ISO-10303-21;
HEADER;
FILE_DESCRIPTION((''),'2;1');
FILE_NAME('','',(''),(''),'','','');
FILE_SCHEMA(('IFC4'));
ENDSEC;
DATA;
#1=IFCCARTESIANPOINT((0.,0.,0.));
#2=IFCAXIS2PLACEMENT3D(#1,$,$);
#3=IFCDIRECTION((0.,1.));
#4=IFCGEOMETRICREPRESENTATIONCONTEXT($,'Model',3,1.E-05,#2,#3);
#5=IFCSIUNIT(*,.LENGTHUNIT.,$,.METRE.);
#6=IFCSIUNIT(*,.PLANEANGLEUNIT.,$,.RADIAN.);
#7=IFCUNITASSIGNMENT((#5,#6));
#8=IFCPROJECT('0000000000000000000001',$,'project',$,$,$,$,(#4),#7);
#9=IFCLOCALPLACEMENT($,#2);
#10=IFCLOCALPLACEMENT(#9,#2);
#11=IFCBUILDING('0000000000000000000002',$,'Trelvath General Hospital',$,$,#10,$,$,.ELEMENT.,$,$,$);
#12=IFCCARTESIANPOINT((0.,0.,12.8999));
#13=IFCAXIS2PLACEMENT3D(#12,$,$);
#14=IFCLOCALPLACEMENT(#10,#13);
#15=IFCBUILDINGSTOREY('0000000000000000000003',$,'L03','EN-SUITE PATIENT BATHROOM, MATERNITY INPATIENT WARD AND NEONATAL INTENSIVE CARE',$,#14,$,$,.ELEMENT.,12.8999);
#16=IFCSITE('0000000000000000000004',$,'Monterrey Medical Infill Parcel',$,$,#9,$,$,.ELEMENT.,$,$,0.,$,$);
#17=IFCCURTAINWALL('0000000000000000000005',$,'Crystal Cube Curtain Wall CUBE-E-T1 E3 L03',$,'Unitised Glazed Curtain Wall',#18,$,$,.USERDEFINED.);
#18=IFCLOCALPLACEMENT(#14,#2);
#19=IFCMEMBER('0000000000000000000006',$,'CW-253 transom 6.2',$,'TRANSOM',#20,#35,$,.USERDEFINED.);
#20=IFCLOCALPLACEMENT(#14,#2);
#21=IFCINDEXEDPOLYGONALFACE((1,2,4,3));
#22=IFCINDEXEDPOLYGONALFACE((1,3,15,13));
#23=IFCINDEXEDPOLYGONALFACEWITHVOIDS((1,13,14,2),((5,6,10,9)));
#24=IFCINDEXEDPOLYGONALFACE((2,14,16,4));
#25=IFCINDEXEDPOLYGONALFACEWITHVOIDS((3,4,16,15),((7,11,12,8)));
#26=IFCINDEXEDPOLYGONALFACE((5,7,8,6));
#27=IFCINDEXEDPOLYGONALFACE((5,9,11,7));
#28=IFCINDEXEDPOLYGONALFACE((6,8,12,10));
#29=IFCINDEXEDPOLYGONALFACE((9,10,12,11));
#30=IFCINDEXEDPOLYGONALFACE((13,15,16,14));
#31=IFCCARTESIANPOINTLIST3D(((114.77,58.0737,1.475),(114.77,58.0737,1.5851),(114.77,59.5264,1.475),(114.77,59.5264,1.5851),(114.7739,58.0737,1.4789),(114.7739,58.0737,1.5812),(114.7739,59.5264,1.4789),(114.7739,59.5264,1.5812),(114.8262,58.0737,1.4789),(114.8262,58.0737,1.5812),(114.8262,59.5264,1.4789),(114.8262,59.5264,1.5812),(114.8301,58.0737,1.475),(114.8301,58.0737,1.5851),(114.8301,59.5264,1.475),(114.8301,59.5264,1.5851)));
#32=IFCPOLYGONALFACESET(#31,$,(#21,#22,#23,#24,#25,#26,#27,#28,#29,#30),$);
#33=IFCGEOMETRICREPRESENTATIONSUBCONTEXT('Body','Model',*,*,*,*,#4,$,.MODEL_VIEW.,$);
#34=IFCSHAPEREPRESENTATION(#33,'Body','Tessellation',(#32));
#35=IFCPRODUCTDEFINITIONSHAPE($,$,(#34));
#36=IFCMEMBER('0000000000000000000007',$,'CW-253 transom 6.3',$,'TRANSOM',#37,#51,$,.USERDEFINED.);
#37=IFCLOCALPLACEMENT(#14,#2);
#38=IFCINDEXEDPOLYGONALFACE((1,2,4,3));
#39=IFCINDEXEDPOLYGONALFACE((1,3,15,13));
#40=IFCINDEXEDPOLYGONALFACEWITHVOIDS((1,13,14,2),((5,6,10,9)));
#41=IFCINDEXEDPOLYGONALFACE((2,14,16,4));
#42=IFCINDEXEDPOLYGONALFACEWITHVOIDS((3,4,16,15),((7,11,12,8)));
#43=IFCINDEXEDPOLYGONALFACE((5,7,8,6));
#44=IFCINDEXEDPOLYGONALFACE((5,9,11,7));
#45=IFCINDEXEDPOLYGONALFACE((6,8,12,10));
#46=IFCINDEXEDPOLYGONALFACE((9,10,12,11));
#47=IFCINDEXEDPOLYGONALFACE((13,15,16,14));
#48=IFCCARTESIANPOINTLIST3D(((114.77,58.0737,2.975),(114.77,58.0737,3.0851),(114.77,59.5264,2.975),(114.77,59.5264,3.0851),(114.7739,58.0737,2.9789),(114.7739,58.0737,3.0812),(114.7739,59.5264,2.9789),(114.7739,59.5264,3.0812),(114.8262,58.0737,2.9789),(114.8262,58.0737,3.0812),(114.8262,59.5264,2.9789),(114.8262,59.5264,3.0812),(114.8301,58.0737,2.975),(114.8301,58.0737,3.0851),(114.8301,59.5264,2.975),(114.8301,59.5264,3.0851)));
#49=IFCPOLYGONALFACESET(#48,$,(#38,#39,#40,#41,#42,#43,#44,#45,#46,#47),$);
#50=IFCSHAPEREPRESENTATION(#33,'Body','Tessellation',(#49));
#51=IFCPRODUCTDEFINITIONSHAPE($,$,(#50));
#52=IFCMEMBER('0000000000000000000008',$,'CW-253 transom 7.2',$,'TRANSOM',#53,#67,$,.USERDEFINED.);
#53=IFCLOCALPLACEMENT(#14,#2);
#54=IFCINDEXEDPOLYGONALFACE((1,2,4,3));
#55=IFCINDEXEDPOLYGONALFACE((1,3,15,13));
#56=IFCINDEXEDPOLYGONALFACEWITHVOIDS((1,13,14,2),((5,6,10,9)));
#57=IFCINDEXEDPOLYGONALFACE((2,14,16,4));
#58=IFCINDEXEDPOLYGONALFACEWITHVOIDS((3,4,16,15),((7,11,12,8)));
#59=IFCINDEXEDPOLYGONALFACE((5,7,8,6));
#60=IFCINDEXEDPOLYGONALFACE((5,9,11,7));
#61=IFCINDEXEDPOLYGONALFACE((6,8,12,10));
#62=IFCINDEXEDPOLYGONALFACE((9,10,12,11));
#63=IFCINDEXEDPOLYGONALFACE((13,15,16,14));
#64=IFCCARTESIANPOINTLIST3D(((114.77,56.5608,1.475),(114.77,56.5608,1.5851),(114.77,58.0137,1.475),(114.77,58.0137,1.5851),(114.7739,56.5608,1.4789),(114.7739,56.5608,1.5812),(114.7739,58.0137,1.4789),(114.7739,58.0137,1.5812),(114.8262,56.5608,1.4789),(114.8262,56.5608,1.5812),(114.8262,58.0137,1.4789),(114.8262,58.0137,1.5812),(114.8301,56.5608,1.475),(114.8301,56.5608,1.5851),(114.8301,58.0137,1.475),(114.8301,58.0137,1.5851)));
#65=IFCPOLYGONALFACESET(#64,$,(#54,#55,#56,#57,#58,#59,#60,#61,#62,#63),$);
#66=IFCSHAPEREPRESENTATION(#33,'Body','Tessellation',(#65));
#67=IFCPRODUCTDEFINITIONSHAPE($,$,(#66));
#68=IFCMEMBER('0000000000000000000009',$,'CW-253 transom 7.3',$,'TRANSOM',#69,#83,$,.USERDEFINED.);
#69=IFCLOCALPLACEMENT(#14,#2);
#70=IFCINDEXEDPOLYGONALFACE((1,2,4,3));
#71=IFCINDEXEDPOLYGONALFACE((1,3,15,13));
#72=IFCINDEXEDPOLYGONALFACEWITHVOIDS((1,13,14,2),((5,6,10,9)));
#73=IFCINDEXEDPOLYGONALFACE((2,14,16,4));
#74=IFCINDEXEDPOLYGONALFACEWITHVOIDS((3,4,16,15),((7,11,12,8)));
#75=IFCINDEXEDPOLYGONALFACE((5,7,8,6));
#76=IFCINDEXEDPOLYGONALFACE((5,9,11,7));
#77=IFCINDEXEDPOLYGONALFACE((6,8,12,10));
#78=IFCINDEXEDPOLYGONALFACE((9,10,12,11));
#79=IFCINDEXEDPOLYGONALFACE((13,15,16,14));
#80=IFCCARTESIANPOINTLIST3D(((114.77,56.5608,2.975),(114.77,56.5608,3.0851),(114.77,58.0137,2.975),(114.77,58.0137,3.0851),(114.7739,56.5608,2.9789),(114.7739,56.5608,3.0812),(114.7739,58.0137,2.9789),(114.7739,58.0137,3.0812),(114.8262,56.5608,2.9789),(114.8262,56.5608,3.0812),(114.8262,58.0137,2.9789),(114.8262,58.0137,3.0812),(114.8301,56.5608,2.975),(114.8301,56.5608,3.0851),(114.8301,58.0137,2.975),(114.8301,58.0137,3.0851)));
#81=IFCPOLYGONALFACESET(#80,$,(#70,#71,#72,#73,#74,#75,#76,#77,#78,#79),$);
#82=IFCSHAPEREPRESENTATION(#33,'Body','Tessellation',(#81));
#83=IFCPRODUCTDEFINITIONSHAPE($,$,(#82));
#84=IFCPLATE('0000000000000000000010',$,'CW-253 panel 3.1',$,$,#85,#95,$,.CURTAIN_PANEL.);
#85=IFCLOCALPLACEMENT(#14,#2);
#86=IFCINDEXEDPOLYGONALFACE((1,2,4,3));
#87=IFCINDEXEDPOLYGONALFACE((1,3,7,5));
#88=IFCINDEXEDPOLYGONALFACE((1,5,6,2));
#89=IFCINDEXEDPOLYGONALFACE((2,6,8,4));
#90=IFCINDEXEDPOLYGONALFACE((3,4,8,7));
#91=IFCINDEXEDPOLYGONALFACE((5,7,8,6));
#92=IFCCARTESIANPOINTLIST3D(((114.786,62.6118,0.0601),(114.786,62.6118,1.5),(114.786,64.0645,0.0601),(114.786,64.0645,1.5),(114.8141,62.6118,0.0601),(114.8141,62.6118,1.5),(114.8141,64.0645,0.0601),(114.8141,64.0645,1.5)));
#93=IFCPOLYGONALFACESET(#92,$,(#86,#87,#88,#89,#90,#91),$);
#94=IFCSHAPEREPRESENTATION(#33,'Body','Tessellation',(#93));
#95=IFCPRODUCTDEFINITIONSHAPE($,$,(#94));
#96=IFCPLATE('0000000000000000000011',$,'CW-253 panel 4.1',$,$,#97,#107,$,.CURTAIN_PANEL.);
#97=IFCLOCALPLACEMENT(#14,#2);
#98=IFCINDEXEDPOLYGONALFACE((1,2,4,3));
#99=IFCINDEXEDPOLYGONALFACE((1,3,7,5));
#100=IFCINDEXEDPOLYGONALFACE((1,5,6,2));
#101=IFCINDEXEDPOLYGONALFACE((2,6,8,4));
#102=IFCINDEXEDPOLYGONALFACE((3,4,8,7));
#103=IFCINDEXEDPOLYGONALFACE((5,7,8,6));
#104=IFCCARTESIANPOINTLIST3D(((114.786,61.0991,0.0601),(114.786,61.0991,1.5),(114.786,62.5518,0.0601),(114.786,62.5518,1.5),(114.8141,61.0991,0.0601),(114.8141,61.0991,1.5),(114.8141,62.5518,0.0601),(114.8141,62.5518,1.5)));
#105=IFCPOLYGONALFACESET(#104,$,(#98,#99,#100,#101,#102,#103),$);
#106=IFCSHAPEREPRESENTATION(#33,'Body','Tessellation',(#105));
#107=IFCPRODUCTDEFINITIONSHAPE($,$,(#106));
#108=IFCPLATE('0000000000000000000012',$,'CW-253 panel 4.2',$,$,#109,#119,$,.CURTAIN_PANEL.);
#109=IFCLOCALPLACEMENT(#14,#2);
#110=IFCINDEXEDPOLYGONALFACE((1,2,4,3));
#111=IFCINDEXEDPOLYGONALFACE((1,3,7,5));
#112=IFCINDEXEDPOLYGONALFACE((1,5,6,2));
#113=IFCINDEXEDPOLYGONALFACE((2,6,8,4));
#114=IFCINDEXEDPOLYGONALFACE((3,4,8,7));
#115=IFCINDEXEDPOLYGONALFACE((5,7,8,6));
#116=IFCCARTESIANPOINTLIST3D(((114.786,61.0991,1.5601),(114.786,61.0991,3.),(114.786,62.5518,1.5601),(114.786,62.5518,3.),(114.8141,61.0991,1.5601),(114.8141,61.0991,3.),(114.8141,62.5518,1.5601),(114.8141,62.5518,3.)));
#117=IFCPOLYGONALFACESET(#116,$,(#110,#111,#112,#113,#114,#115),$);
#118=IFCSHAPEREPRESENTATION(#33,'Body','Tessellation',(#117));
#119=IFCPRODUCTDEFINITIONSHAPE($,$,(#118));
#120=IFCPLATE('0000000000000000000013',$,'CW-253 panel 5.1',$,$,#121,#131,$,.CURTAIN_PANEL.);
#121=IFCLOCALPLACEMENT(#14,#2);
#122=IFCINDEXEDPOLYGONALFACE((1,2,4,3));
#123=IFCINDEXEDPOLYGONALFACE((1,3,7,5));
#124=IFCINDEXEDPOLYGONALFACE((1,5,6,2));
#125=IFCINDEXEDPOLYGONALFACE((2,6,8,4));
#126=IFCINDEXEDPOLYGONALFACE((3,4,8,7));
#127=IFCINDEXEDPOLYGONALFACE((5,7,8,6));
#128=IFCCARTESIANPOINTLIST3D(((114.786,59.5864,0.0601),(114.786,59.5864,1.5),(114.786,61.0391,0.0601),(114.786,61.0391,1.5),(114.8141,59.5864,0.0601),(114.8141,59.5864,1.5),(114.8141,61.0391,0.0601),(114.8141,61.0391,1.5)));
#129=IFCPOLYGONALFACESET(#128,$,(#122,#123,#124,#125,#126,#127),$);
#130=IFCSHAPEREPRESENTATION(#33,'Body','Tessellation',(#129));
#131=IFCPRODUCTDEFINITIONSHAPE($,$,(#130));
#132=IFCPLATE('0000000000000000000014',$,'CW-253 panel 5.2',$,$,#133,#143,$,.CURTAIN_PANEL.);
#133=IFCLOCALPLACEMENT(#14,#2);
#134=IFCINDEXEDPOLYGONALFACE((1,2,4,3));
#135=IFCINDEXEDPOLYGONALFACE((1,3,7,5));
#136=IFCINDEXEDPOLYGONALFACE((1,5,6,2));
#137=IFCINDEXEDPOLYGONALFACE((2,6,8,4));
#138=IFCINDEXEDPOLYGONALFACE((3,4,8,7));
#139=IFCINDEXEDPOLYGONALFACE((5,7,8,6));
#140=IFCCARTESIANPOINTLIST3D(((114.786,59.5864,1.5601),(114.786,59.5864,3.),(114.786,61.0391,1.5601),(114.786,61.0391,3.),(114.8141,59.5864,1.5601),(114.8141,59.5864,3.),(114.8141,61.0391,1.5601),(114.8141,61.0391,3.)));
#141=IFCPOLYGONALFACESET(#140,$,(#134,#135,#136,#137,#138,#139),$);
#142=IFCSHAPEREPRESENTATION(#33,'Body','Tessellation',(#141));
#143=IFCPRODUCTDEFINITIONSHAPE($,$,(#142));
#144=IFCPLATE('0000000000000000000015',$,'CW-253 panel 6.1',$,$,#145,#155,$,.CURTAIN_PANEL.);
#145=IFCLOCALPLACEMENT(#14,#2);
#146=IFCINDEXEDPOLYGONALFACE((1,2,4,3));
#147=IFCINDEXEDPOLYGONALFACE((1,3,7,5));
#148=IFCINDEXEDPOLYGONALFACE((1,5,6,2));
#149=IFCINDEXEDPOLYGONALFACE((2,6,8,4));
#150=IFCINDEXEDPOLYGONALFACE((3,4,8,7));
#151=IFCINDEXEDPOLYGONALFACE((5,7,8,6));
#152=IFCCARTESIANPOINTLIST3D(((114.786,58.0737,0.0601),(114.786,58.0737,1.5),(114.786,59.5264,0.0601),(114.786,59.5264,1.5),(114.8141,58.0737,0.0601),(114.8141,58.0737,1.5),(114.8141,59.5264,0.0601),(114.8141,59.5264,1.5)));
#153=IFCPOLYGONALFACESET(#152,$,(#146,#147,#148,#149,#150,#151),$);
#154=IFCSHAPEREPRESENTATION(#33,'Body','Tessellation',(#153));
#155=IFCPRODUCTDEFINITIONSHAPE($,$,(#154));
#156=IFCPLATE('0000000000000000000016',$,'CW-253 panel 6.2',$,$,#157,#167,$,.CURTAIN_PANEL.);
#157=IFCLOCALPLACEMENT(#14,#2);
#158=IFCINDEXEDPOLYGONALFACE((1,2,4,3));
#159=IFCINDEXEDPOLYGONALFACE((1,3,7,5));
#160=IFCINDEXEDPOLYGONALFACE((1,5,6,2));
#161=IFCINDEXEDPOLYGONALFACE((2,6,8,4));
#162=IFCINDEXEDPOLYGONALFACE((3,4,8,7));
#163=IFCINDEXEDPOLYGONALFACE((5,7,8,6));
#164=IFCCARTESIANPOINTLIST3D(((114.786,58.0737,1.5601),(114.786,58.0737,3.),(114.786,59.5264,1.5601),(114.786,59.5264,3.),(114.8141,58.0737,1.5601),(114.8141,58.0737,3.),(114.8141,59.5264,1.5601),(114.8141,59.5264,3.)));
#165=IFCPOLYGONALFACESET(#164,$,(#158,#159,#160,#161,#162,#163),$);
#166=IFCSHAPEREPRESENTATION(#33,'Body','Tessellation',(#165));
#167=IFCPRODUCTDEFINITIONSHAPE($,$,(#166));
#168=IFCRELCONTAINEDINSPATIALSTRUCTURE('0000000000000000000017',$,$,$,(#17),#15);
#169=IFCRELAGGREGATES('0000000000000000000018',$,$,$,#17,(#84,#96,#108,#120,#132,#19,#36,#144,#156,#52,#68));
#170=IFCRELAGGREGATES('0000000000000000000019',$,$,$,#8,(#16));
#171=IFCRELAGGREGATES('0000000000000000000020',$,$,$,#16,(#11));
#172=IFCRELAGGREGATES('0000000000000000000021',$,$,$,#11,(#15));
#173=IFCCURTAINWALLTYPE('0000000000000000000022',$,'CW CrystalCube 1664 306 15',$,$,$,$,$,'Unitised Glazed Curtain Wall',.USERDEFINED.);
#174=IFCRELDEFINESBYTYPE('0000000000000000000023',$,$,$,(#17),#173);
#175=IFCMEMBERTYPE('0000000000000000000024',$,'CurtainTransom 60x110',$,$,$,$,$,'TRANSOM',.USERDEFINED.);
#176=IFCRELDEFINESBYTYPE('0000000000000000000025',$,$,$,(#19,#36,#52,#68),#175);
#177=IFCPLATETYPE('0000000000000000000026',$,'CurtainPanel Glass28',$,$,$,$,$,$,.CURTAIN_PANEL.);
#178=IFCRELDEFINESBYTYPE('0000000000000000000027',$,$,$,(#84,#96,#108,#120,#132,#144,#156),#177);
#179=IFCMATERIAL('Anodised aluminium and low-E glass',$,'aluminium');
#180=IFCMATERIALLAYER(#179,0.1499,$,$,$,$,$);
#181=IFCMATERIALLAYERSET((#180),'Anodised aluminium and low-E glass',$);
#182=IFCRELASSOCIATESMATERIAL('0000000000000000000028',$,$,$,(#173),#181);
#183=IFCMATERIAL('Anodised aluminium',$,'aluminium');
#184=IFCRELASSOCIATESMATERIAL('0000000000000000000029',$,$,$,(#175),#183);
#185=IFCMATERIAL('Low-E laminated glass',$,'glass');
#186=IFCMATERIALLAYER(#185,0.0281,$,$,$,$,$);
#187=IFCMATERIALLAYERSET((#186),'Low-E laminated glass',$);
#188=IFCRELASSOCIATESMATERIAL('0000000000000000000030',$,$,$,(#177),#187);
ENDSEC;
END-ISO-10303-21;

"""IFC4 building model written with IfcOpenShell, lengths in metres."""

from ifc_helpers import new_model, si_unit, direction, frame, origin, origin_2d, place, context, subcontext, project, spatial, rectangle, hollow_rectangle, extrude, material, layer, layer_set, material_profile, profile_set, type_object, element, aggregate, save


model = new_model("IFC4")

# Units and contexts
model_context = context("Model", 3, precision=1e-05, world=origin(), true_north=direction((0.0, 1.0)))
body_context = subcontext(model_context, "Body", "Model", "MODEL_VIEW")
ifc_project = project(units=[si_unit("LENGTHUNIT", "METRE"), si_unit("PLANEANGLEUNIT", "RADIAN")], contexts=[model_context])

# Site, building, storey
site_placement = place(None, origin())
site = spatial("IfcSite", under=ifc_project, at=site_placement, Name="Monterrey Medical Infill Parcel", CompositionType="ELEMENT", RefElevation=0.0)
building_placement = place(site_placement, origin())
building = spatial("IfcBuilding", under=site, at=building_placement, Name="Trelvath General Hospital", CompositionType="ELEMENT")
storey_placement = place(building_placement, frame((0.0, 0.0, 12.8999)))
storey = spatial("IfcBuildingStorey", under=building, at=storey_placement, Name="L03", Description="EN-SUITE PATIENT BATHROOM, MATERNITY INPATIENT WARD AND NEONATAL INTENSIVE CARE", CompositionType="ELEMENT", Elevation=12.8999)

# Curtain wall, members, plates
ifc_material_1 = material(Name="Anodised aluminium and low-E glass", Category="aluminium")
ifc_layer_1 = layer(ifc_material_1, 0.1499)
ifc_layer_set_1 = layer_set([ifc_layer_1], Name="Anodised aluminium and low-E glass")
curtain_wall_type = type_object("IfcCurtainWallType", Name="CW CrystalCube 1664 306 15", ElementType="Unitised Glazed Curtain Wall", PredefinedType="USERDEFINED", material=ifc_layer_set_1)
curtain_wall_placement = place(storey_placement, origin())
curtain_wall = element("IfcCurtainWall", 1, at=curtain_wall_placement, inside=storey, type_object=curtain_wall_type, Name="Crystal Cube Curtain Wall CUBE-E-T1 E3 L03", ObjectType="Unitised Glazed Curtain Wall", PredefinedType="USERDEFINED")
ifc_material_2 = material(Name="Anodised aluminium", Category="aluminium")
ifc_material_profile_1 = material_profile(ifc_material_2, hollow_rectangle(XDim=0.0601, YDim=0.1101, WallThickness=0.0039, at=origin_2d()), Name="RHS60x110x4")
ifc_profile_set_1 = profile_set([ifc_material_profile_1], Name="Anodised aluminium")
member_type_1 = type_object("IfcMemberType", Name="CurtainTransom 60x110", ElementType="TRANSOM", PredefinedType="USERDEFINED", material=ifc_profile_set_1)
member_1_placement = place(storey_placement, frame((114.8, 59.5264, 1.53), z_axis=(0.0, -1.0, 0.0), x_axis=(1.0, 0.0, 0.0)))
member_1 = element("IfcMember", 2, at=member_1_placement, type_object=member_type_1, Name="CW-253 transom 6.2", ObjectType="TRANSOM", PredefinedType="USERDEFINED", context=body_context, shape_type="SweptSolid", body=[
    extrude(hollow_rectangle(XDim=0.0601, YDim=0.1101, WallThickness=0.0039, at=origin_2d()), origin(), (0.0, 0.0, 1.0), 1.4526),
])
member_2_placement = place(storey_placement, frame((114.8, 59.5264, 3.03), z_axis=(0.0, -1.0, 0.0), x_axis=(1.0, 0.0, 0.0)))
member_2 = element("IfcMember", 3, at=member_2_placement, type_object=member_type_1, Name="CW-253 transom 6.3", ObjectType="TRANSOM", PredefinedType="USERDEFINED", context=body_context, shape_type="SweptSolid", body=[
    extrude(hollow_rectangle(XDim=0.0601, YDim=0.1101, WallThickness=0.0039, at=origin_2d()), origin(), (0.0, 0.0, 1.0), 1.4526),
])
member_3_placement = place(storey_placement, frame((114.8, 58.0137, 1.53), z_axis=(0.0, -1.0, 0.0), x_axis=(1.0, 0.0, 0.0)))
member_3 = element("IfcMember", 4, at=member_3_placement, type_object=member_type_1, Name="CW-253 transom 7.2", ObjectType="TRANSOM", PredefinedType="USERDEFINED", context=body_context, shape_type="SweptSolid", body=[
    extrude(hollow_rectangle(XDim=0.0601, YDim=0.1101, WallThickness=0.0039, at=origin_2d()), origin(), (0.0, 0.0, 1.0), 1.4529),
])
member_4_placement = place(storey_placement, frame((114.8, 58.0137, 3.03), z_axis=(0.0, -1.0, 0.0), x_axis=(1.0, 0.0, 0.0)))
member_4 = element("IfcMember", 5, at=member_4_placement, type_object=member_type_1, Name="CW-253 transom 7.3", ObjectType="TRANSOM", PredefinedType="USERDEFINED", context=body_context, shape_type="SweptSolid", body=[
    extrude(hollow_rectangle(XDim=0.0601, YDim=0.1101, WallThickness=0.0039, at=origin_2d()), origin(), (0.0, 0.0, 1.0), 1.4529),
])
ifc_material_3 = material(Name="Low-E laminated glass", Category="glass")
ifc_layer_2 = layer(ifc_material_3, 0.0281)
ifc_layer_set_2 = layer_set([ifc_layer_2], Name="Low-E laminated glass")
plate_type = type_object("IfcPlateType", Name="CurtainPanel Glass28", PredefinedType="CURTAIN_PANEL", material=ifc_layer_set_2)
plate_1_placement = place(storey_placement, frame((114.8, 63.3381, 0.0601), z_axis=(0.0, 0.0, 1.0), x_axis=(0.0, -1.0, 0.0)))
plate_1 = element("IfcPlate", 6, at=plate_1_placement, type_object=plate_type, Name="CW-253 panel 3.1", PredefinedType="CURTAIN_PANEL", context=body_context, shape_type="SweptSolid", body=[
    extrude(rectangle(XDim=1.4526, YDim=0.0281, at=origin_2d()), origin(), (0.0, 0.0, 1.0), 1.4399),
])
plate_2_placement = place(storey_placement, frame((114.8, 61.8254, 0.0601), z_axis=(0.0, 0.0, 1.0), x_axis=(0.0, -1.0, 0.0)))
plate_2 = element("IfcPlate", 7, at=plate_2_placement, type_object=plate_type, Name="CW-253 panel 4.1", PredefinedType="CURTAIN_PANEL", context=body_context, shape_type="SweptSolid", body=[
    extrude(rectangle(XDim=1.4526, YDim=0.0281, at=origin_2d()), origin(), (0.0, 0.0, 1.0), 1.4399),
])
plate_3_placement = place(storey_placement, frame((114.8, 61.8254, 1.5601), z_axis=(0.0, 0.0, 1.0), x_axis=(0.0, -1.0, 0.0)))
plate_3 = element("IfcPlate", 8, at=plate_3_placement, type_object=plate_type, Name="CW-253 panel 4.2", PredefinedType="CURTAIN_PANEL", context=body_context, shape_type="SweptSolid", body=[
    extrude(rectangle(XDim=1.4526, YDim=0.0281, at=origin_2d()), origin(), (0.0, 0.0, 1.0), 1.4399),
])
plate_4_placement = place(storey_placement, frame((114.8, 60.3127, 0.0601), z_axis=(0.0, 0.0, 1.0), x_axis=(0.0, -1.0, 0.0)))
plate_4 = element("IfcPlate", 9, at=plate_4_placement, type_object=plate_type, Name="CW-253 panel 5.1", PredefinedType="CURTAIN_PANEL", context=body_context, shape_type="SweptSolid", body=[
    extrude(rectangle(XDim=1.4526, YDim=0.0281, at=origin_2d()), origin(), (0.0, 0.0, 1.0), 1.4399),
])
plate_5_placement = place(storey_placement, frame((114.8, 60.3127, 1.5601), z_axis=(0.0, 0.0, 1.0), x_axis=(0.0, -1.0, 0.0)))
plate_5 = element("IfcPlate", 10, at=plate_5_placement, type_object=plate_type, Name="CW-253 panel 5.2", PredefinedType="CURTAIN_PANEL", context=body_context, shape_type="SweptSolid", body=[
    extrude(rectangle(XDim=1.4526, YDim=0.0281, at=origin_2d()), origin(), (0.0, 0.0, 1.0), 1.4399),
])
plate_6_placement = place(storey_placement, frame((114.8, 58.8, 0.0601), z_axis=(0.0, 0.0, 1.0), x_axis=(0.0, -1.0, 0.0)))
plate_6 = element("IfcPlate", 11, at=plate_6_placement, type_object=plate_type, Name="CW-253 panel 6.1", PredefinedType="CURTAIN_PANEL", context=body_context, shape_type="SweptSolid", body=[
    extrude(rectangle(XDim=1.4526, YDim=0.0281, at=origin_2d()), origin(), (0.0, 0.0, 1.0), 1.4399),
])
plate_7_placement = place(storey_placement, frame((114.8, 58.8, 1.5601), z_axis=(0.0, 0.0, 1.0), x_axis=(0.0, -1.0, 0.0)))
plate_7 = element("IfcPlate", 12, at=plate_7_placement, type_object=plate_type, Name="CW-253 panel 6.2", PredefinedType="CURTAIN_PANEL", context=body_context, shape_type="SweptSolid", body=[
    extrude(rectangle(XDim=1.4526, YDim=0.0281, at=origin_2d()), origin(), (0.0, 0.0, 1.0), 1.4399),
])
aggregate(curtain_wall, [plate_1, plate_2, plate_3, plate_4, plate_5, member_1, member_2, plate_6, plate_7, member_3, member_4])

save(model, "model.ifc")
